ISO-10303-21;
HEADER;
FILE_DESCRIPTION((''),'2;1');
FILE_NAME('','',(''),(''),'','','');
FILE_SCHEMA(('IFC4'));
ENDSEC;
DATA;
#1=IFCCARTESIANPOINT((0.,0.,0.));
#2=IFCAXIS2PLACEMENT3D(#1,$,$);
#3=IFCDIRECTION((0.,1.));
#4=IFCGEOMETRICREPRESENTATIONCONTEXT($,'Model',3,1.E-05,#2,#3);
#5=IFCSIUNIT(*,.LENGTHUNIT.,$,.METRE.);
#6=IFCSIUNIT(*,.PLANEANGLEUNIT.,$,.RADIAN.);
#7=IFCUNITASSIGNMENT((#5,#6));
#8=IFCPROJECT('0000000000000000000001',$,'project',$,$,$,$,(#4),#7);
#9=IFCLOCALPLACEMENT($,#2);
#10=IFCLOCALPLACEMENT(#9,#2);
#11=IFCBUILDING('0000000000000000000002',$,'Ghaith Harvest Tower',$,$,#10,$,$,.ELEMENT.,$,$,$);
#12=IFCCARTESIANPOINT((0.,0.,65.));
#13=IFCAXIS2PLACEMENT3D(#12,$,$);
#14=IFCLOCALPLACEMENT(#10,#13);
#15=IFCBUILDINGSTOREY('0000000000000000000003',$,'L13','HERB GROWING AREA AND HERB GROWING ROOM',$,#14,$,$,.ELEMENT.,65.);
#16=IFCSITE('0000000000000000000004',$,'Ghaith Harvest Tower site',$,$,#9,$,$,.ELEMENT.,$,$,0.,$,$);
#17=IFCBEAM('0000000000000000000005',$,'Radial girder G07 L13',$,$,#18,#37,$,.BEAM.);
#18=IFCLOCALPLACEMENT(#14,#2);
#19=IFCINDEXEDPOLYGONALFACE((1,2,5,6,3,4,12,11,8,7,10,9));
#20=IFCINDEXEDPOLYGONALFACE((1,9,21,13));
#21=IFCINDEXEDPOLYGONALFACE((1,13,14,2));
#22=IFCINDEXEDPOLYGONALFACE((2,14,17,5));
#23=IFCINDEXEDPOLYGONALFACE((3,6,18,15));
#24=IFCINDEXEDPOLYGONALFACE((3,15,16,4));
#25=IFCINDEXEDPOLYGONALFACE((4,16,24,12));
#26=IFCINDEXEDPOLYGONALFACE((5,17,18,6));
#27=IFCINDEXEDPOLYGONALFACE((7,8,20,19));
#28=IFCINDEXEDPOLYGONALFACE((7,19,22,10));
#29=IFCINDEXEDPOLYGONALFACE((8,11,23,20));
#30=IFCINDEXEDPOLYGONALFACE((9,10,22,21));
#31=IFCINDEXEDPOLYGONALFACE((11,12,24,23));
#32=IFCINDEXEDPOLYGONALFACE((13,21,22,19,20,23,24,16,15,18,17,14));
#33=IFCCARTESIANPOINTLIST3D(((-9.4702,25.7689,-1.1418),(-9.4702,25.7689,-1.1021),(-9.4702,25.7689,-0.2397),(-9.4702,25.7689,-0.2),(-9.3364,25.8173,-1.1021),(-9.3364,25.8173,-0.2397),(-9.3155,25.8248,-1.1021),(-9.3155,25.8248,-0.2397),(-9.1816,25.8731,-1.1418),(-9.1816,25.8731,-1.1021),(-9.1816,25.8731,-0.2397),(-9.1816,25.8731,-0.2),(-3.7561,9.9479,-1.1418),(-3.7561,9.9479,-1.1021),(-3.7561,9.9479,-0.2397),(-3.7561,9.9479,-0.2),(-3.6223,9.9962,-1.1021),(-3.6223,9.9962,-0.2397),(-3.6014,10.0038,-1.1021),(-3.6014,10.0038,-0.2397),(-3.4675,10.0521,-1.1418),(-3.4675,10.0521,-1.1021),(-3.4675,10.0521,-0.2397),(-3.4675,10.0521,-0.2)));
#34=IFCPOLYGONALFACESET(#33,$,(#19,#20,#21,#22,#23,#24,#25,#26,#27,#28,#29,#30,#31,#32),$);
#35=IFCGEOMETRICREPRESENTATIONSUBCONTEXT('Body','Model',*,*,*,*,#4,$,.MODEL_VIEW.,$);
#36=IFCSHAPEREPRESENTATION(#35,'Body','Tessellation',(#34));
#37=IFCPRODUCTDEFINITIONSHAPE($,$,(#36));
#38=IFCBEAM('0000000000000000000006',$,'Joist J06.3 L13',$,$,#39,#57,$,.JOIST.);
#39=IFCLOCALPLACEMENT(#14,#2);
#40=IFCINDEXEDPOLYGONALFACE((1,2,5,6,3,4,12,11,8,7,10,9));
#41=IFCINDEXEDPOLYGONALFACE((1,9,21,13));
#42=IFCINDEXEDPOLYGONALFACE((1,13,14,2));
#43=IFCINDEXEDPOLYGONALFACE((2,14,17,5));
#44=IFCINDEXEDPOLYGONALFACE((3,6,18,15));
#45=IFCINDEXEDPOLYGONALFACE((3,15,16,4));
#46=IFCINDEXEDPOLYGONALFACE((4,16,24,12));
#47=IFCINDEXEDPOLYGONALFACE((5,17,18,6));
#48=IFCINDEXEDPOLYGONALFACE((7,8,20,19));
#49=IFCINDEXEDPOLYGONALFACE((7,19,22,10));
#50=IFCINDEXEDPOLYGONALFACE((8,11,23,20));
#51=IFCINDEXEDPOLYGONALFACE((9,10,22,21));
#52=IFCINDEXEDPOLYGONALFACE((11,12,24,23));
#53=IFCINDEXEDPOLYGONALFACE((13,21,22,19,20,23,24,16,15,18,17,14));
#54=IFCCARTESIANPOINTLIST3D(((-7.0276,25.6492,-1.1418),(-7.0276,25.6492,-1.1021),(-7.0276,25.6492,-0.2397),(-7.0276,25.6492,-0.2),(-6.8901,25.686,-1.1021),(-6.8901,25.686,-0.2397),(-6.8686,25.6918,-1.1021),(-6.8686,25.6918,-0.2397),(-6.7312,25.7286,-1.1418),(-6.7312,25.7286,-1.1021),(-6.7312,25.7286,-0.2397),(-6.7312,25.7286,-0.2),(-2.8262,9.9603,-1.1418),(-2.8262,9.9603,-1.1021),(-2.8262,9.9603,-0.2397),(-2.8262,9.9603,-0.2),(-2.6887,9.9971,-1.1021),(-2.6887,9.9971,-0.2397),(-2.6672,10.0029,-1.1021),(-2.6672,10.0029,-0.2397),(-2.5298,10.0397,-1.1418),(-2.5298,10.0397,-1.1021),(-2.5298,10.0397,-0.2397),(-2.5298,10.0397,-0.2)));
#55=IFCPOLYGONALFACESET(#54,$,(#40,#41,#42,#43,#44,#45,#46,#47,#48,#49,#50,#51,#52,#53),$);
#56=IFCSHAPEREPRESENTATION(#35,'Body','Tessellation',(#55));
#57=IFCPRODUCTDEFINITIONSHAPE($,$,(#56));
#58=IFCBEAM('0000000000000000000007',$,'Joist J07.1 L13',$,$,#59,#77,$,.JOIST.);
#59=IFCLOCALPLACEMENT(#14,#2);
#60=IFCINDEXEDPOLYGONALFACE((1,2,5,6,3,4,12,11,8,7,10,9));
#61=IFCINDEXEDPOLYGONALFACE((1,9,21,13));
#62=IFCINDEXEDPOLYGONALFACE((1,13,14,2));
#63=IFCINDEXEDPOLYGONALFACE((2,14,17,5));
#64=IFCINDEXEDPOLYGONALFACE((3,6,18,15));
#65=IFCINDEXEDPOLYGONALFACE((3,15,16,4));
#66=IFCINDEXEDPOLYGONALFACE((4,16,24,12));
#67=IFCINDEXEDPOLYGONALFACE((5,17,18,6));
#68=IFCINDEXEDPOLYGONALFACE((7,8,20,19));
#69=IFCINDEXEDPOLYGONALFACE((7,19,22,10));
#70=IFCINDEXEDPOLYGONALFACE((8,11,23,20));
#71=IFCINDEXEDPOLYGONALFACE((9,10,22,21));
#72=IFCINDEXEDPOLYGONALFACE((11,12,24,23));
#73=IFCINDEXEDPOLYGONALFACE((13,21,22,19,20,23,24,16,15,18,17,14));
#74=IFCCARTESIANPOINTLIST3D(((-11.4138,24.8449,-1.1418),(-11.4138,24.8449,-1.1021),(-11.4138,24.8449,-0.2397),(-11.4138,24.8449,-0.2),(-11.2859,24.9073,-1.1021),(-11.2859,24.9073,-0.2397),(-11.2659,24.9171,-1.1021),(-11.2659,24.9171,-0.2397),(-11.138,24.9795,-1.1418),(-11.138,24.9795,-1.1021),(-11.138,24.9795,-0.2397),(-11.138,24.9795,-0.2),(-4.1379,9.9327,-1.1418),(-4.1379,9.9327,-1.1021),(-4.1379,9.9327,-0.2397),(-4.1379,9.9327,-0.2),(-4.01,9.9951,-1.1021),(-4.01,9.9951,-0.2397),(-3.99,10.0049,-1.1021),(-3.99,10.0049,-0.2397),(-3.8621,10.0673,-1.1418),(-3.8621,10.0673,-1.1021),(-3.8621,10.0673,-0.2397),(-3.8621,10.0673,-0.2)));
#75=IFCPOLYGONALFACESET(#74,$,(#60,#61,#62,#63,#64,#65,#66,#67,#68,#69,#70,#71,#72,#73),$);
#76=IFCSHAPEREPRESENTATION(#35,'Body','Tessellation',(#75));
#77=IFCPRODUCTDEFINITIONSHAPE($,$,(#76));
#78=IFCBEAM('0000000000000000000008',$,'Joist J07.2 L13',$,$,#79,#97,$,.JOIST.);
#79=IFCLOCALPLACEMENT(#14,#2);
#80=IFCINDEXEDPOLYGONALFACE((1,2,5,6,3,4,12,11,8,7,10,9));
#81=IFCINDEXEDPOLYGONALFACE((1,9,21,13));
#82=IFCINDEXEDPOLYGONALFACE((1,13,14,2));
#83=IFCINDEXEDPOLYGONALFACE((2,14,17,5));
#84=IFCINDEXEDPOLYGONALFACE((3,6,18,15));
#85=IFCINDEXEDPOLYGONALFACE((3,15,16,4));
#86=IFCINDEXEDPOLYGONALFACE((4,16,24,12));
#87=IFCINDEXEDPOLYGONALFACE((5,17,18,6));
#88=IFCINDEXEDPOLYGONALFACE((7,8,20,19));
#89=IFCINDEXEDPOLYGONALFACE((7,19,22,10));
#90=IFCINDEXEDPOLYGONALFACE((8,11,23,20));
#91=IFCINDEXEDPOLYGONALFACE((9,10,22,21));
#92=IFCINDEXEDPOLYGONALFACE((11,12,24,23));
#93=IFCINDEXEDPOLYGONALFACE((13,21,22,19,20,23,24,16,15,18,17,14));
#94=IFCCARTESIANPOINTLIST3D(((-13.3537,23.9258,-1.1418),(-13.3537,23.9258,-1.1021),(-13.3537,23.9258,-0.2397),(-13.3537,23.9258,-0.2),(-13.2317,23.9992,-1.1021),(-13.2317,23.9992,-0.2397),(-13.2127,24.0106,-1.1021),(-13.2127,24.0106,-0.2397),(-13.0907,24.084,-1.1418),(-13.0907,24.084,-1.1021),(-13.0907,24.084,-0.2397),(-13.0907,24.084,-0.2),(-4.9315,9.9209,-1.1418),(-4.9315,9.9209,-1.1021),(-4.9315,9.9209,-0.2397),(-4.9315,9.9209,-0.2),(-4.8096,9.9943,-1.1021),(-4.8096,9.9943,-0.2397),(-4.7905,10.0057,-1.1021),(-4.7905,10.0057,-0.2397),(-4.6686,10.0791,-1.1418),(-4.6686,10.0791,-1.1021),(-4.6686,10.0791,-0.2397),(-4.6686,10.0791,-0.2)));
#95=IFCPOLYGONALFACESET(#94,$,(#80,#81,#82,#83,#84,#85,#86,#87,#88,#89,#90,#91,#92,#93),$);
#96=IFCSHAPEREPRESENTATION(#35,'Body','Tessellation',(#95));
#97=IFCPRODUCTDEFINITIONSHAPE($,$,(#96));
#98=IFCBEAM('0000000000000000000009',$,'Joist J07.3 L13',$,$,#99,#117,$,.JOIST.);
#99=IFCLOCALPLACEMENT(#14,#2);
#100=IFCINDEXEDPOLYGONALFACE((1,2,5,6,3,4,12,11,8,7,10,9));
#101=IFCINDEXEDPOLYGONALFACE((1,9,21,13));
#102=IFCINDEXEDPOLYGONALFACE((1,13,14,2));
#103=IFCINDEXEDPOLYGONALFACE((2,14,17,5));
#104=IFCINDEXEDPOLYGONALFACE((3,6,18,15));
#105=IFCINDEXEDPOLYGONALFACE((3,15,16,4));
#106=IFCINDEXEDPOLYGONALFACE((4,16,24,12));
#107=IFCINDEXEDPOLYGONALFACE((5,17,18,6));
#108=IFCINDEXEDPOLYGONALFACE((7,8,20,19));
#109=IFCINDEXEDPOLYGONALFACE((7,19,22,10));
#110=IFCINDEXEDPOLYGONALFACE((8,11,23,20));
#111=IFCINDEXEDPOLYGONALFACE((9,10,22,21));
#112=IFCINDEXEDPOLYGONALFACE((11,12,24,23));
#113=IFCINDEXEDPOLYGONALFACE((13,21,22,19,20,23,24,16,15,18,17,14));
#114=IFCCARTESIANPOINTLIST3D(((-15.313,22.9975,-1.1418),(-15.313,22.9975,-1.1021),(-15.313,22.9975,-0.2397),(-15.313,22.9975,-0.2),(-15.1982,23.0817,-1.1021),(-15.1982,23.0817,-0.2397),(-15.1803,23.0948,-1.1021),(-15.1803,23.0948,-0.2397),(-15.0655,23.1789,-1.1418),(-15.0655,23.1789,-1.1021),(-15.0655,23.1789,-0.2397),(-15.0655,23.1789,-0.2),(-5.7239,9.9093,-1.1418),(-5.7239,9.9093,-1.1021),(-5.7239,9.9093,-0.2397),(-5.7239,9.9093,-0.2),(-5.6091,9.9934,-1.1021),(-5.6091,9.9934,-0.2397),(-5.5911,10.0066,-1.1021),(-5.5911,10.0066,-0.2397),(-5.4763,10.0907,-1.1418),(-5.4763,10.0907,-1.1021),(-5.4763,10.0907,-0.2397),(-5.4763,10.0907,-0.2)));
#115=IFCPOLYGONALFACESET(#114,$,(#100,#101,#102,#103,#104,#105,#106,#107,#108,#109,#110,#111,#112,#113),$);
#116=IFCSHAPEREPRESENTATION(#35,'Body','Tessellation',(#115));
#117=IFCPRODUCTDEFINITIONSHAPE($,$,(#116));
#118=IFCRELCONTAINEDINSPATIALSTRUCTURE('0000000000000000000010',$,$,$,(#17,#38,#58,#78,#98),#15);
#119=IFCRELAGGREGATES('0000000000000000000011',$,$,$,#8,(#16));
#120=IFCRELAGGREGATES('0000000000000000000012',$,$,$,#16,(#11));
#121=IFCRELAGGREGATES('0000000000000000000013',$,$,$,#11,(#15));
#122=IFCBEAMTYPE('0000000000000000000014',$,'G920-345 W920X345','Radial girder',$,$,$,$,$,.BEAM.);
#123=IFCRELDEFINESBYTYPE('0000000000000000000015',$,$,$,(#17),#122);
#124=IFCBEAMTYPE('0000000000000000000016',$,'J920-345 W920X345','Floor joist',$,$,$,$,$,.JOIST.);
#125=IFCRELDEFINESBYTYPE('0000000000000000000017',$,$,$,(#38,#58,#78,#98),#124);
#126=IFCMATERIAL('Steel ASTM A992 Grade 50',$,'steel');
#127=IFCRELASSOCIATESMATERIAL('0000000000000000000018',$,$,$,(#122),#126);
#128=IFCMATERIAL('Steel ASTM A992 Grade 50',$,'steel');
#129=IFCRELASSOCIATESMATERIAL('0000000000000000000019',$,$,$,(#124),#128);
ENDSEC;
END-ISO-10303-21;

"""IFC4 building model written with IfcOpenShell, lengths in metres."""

from ifc_helpers import new_model, si_unit, direction, frame, origin, origin_2d, place, context, subcontext, project, spatial, i_section, extrude, material, material_profile, profile_set, type_object, element, save


model = new_model("IFC4")

# Units and contexts
model_context = context("Model", 3, precision=1e-05, world=origin(), true_north=direction((0.0, 1.0)))
body_context = subcontext(model_context, "Body", "Model", "MODEL_VIEW")
ifc_project = project(units=[si_unit("LENGTHUNIT", "METRE"), si_unit("PLANEANGLEUNIT", "RADIAN")], contexts=[model_context])

# Site, building, storey
site_placement = place(None, origin())
site = spatial("IfcSite", under=ifc_project, at=site_placement, Name="Ghaith Harvest Tower site", CompositionType="ELEMENT", RefElevation=0.0)
building_placement = place(site_placement, origin())
building = spatial("IfcBuilding", under=site, at=building_placement, Name="Ghaith Harvest Tower", CompositionType="ELEMENT")
storey_placement = place(building_placement, frame((0.0, 0.0, 65.0)))
storey = spatial("IfcBuildingStorey", under=building, at=storey_placement, Name="L13", Description="HERB GROWING AREA AND HERB GROWING ROOM", CompositionType="ELEMENT", Elevation=65.0)

# Beams
ifc_material_1 = material(Name="Steel ASTM A992 Grade 50", Category="steel")
ifc_material_profile_1 = material_profile(ifc_material_1, i_section(OverallWidth=0.3069, OverallDepth=0.9419, WebThickness=0.0222, FlangeThickness=0.0398, at=origin_2d()), Name="W920X345")
ifc_profile_set_1 = profile_set([ifc_material_profile_1], Name="Steel ASTM A992 Grade 50")
beam_type_1 = type_object("IfcBeamType", Name="G920-345 W920X345", Description="Radial girder", PredefinedType="BEAM", material=ifc_profile_set_1)
beam_1_placement = place(storey_placement, frame((-3.6118, 10.0, -0.6709), z_axis=(-0.339695, 0.940536, 0.0), x_axis=(-0.940536, -0.339695, 0.0)))
element("IfcBeam", 1, at=beam_1_placement, inside=storey, type_object=beam_type_1, Name="Radial girder G07 L13", PredefinedType="BEAM", context=body_context, shape_type="SweptSolid", body=[
    extrude(i_section(OverallWidth=0.3069, OverallDepth=0.9419, WebThickness=0.0222, FlangeThickness=0.0398, at=origin_2d()), origin(), (0.0, 0.0, 1.0), 16.8213),
])
ifc_material_2 = material(Name="Steel ASTM A992 Grade 50", Category="steel")
ifc_material_profile_2 = material_profile(ifc_material_2, i_section(OverallWidth=0.3069, OverallDepth=0.9419, WebThickness=0.0222, FlangeThickness=0.0398, at=origin_2d()), Name="W920X345")
ifc_profile_set_2 = profile_set([ifc_material_profile_2], Name="Steel ASTM A992 Grade 50")
beam_type_2 = type_object("IfcBeamType", Name="J920-345 W920X345", Description="Floor joist", PredefinedType="JOIST", material=ifc_profile_set_2)
beam_2_placement = place(storey_placement, frame((-2.678, 10.0, -0.6709), z_axis=(-0.258679, 0.965963, 0.0), x_axis=(-0.965963, -0.258679, 0.0)))
element("IfcBeam", 2, at=beam_2_placement, inside=storey, type_object=beam_type_2, Name="Joist J06.3 L13", PredefinedType="JOIST", context=body_context, shape_type="SweptSolid", body=[
    extrude(i_section(OverallWidth=0.3069, OverallDepth=0.9419, WebThickness=0.0222, FlangeThickness=0.0398, at=origin_2d()), origin(), (0.0, 0.0, 1.0), 16.2417),
])
beam_3_placement = place(storey_placement, frame((-4.0, 10.0, -0.6709), z_axis=(-0.438505, 0.898729, 0.0), x_axis=(-0.898729, -0.438505, 0.0)))
element("IfcBeam", 3, at=beam_3_placement, inside=storey, type_object=beam_type_2, Name="Joist J07.1 L13", PredefinedType="JOIST", context=body_context, shape_type="SweptSolid", body=[
    extrude(i_section(OverallWidth=0.3069, OverallDepth=0.9419, WebThickness=0.0222, FlangeThickness=0.0398, at=origin_2d()), origin(), (0.0, 0.0, 1.0), 16.5925),
])
beam_4_placement = place(storey_placement, frame((-4.8, 10.0, -0.6709), z_axis=(-0.515359, 0.856974, 0.0), x_axis=(-0.856974, -0.515359, 0.0)))
element("IfcBeam", 4, at=beam_4_placement, inside=storey, type_object=beam_type_2, Name="Joist J07.2 L13", PredefinedType="JOIST", context=body_context, shape_type="SweptSolid", body=[
    extrude(i_section(OverallWidth=0.3069, OverallDepth=0.9419, WebThickness=0.0222, FlangeThickness=0.0398, at=origin_2d()), origin(), (0.0, 0.0, 1.0), 16.3423),
])
beam_5_placement = place(storey_placement, frame((-5.6001, 10.0, -0.6709), z_axis=(-0.591009, 0.806665, 0.0), x_axis=(-0.806665, -0.591009, 0.0)))
element("IfcBeam", 5, at=beam_5_placement, inside=storey, type_object=beam_type_2, Name="Joist J07.3 L13", PredefinedType="JOIST", context=body_context, shape_type="SweptSolid", body=[
    extrude(i_section(OverallWidth=0.3069, OverallDepth=0.9419, WebThickness=0.0222, FlangeThickness=0.0398, at=origin_2d()), origin(), (0.0, 0.0, 1.0), 16.2251),
])

save(model, "model.ifc")
